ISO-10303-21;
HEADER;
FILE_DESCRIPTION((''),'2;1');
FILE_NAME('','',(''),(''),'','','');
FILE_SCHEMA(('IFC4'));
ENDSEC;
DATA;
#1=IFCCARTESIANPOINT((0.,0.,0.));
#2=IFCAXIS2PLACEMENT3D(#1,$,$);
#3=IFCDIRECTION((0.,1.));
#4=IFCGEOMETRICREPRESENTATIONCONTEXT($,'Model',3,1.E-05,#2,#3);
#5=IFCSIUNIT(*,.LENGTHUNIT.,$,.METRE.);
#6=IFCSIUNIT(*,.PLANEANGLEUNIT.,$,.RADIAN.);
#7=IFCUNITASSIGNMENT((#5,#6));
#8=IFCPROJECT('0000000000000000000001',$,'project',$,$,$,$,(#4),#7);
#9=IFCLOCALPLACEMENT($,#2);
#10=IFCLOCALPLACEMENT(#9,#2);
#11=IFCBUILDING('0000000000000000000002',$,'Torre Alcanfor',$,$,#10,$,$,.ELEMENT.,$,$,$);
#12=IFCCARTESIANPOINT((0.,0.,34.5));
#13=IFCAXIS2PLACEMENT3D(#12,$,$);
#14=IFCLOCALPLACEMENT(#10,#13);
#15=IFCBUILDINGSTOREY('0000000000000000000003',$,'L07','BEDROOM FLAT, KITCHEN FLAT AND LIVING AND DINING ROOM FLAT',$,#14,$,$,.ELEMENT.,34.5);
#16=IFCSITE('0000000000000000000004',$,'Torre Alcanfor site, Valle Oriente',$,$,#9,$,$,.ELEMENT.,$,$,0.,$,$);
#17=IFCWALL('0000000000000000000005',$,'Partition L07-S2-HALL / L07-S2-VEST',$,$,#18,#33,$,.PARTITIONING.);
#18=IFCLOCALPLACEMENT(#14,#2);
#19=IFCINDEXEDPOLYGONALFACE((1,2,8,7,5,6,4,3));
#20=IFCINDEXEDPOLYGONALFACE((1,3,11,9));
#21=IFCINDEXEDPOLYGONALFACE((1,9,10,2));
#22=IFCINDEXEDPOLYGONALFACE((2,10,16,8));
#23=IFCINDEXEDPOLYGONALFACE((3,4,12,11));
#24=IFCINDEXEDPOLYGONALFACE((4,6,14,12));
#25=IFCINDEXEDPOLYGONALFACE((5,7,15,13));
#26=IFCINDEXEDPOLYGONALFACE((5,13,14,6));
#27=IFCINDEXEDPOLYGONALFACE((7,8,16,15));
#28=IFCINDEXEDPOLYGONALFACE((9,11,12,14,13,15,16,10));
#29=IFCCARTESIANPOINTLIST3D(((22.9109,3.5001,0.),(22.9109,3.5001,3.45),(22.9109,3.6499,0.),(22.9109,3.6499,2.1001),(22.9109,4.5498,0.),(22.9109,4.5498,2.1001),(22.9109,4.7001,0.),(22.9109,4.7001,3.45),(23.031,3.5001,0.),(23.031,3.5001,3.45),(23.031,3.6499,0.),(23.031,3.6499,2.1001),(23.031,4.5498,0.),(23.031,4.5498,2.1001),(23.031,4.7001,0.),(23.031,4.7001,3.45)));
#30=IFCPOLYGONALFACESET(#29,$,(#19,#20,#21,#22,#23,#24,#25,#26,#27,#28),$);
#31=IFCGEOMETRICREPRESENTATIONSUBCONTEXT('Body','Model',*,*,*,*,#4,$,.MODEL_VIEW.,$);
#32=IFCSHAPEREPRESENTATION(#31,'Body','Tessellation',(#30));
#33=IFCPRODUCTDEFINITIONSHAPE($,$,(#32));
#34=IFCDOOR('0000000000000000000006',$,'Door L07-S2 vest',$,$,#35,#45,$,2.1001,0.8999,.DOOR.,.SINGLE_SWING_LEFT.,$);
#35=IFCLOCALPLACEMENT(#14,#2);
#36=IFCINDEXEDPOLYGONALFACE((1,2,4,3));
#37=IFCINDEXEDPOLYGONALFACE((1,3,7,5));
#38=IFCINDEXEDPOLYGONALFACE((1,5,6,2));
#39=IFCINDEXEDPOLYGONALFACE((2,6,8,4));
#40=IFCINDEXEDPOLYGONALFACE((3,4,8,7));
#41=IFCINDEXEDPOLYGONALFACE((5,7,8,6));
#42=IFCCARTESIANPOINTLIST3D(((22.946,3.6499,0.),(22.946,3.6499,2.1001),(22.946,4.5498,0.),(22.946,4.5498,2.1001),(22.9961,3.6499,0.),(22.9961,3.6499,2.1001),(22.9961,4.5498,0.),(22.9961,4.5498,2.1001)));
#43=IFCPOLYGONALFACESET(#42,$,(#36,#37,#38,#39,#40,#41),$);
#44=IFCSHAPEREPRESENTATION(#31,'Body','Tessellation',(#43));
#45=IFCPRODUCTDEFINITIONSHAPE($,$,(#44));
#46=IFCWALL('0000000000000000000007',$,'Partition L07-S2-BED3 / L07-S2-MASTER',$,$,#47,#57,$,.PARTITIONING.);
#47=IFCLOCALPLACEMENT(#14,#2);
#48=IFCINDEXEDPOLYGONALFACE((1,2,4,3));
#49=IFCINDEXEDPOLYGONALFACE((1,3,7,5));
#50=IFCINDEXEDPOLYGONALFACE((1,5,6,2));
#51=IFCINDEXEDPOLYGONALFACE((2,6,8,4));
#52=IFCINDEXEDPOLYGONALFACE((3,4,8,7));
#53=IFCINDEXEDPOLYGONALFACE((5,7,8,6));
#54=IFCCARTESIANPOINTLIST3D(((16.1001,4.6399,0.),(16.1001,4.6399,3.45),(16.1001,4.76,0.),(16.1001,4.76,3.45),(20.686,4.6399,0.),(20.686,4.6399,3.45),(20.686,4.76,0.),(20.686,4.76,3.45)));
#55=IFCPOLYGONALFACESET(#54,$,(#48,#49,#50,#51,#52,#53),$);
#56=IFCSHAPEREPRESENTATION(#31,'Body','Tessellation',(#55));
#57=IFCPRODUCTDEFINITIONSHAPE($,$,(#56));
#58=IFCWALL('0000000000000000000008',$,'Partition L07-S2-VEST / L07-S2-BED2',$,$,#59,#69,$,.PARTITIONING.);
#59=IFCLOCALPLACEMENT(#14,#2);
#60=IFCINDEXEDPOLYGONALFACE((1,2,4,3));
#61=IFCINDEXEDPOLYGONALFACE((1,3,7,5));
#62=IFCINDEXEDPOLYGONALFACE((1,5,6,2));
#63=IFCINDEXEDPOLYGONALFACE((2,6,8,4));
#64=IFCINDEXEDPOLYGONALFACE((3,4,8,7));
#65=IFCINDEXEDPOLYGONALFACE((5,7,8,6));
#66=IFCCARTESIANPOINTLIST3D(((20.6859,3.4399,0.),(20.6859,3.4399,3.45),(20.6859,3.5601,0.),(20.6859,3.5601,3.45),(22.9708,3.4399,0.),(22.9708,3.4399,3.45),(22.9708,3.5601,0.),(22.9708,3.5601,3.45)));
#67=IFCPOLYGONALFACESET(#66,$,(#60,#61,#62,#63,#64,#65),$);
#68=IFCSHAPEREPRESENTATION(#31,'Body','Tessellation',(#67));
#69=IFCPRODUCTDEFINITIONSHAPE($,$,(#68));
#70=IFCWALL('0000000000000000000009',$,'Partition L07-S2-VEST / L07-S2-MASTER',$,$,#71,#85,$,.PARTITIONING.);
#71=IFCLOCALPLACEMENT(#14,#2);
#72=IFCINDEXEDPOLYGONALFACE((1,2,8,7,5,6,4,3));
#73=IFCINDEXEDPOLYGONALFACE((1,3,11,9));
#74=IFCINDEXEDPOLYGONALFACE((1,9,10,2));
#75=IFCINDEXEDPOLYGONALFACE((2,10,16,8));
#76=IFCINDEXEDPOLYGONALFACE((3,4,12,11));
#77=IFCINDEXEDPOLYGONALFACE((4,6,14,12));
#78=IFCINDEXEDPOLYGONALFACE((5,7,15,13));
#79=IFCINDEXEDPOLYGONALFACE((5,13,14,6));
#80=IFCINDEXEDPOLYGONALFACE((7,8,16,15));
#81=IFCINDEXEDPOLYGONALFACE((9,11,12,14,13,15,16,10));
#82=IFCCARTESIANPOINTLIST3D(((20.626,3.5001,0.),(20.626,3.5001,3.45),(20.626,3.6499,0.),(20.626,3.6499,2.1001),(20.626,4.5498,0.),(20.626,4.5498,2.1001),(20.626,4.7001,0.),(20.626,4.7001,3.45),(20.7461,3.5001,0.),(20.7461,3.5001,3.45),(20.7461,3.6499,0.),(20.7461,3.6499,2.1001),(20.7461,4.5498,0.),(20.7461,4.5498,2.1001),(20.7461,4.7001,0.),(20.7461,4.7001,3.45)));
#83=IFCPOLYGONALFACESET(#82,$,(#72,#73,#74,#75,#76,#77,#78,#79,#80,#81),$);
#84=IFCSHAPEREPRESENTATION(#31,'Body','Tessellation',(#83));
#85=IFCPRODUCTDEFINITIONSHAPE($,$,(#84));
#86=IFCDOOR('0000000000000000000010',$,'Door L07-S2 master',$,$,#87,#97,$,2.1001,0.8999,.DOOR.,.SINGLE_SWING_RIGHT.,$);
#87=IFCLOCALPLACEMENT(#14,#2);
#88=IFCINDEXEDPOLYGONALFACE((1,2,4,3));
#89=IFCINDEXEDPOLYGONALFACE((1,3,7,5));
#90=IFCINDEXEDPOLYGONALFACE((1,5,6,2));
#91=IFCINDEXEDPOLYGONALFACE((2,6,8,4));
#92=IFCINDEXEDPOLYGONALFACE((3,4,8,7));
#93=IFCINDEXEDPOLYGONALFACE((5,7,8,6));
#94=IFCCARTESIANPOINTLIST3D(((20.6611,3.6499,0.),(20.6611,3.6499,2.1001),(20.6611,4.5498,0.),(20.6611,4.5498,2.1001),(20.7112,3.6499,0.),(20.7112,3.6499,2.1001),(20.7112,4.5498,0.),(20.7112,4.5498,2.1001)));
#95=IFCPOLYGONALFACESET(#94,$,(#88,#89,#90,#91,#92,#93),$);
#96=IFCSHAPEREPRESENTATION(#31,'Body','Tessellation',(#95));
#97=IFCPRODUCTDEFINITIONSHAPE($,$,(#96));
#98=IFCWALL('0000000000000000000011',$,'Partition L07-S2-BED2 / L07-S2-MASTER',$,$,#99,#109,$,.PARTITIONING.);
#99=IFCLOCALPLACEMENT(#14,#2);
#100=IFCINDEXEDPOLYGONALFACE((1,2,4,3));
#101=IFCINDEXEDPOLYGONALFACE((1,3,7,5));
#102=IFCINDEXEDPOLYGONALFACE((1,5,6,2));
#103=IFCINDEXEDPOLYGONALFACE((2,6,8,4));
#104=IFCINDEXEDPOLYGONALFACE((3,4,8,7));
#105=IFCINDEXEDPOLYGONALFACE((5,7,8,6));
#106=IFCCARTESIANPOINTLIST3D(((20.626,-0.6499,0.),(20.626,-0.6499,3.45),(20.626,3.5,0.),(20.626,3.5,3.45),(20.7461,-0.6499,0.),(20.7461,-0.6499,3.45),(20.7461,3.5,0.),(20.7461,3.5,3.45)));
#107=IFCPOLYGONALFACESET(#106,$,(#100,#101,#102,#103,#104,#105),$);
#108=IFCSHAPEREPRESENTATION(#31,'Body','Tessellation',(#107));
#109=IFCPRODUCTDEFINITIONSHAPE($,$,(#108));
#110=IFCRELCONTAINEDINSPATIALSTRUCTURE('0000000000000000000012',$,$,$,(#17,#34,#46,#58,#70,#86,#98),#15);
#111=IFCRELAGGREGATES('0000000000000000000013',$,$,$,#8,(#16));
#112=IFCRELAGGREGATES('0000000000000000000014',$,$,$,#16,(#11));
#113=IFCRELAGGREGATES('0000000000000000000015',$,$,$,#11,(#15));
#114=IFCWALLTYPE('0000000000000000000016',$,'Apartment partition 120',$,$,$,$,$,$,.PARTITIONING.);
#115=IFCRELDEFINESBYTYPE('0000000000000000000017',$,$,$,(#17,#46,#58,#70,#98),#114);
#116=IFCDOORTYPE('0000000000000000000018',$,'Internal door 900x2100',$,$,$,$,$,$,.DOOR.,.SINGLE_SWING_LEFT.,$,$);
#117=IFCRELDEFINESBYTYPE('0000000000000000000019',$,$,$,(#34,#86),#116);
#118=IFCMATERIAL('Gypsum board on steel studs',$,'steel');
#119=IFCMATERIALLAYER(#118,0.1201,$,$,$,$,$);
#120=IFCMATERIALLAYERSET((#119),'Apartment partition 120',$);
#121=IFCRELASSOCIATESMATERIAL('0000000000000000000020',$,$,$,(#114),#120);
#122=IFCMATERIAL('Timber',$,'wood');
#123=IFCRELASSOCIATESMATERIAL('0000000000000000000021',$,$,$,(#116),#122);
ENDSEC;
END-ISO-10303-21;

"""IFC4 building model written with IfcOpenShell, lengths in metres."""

from ifc_helpers import new_model, si_unit, direction, frame, frame_2d, origin, place, context, subcontext, project, spatial, rectangle, extrude, material, layer, layer_set, type_object, element, fill, save


model = new_model("IFC4")

# Units and contexts
model_context = context("Model", 3, precision=1e-05, world=origin(), true_north=direction((0.0, 1.0)))
body_context = subcontext(model_context, "Body", "Model", "MODEL_VIEW")
ifc_project = project(units=[si_unit("LENGTHUNIT", "METRE"), si_unit("PLANEANGLEUNIT", "RADIAN")], contexts=[model_context])

# Site, building, storey
site_placement = place(None, origin())
site = spatial("IfcSite", under=ifc_project, at=site_placement, Name="Torre Alcanfor site, Valle Oriente", CompositionType="ELEMENT", RefElevation=0.0)
building_placement = place(site_placement, origin())
building = spatial("IfcBuilding", under=site, at=building_placement, Name="Torre Alcanfor", CompositionType="ELEMENT")
storey_placement = place(building_placement, frame((0.0, 0.0, 34.5)))
storey = spatial("IfcBuildingStorey", under=building, at=storey_placement, Name="L07", Description="BEDROOM FLAT, KITCHEN FLAT AND LIVING AND DINING ROOM FLAT", CompositionType="ELEMENT", Elevation=34.5)

# Wall, opening, door
ifc_material_1 = material(Name="Gypsum board on steel studs", Category="steel")
ifc_layer_1 = layer(ifc_material_1, 0.1201)
ifc_layer_set_1 = layer_set([ifc_layer_1], Name="Apartment partition 120")
wall_type = type_object("IfcWallType", Name="Apartment partition 120", PredefinedType="PARTITIONING", material=ifc_layer_set_1)
wall_1_placement = place(storey_placement, frame((22.9709, 3.5, 0.0), z_axis=(0.0, 0.0, 1.0), x_axis=(0.0, 1.0, 0.0)))
wall_1 = element("IfcWall", 1, at=wall_1_placement, inside=storey, type_object=wall_type, Name="Partition L07-S2-HALL / L07-S2-VEST", PredefinedType="PARTITIONING", context=body_context, shape_type="SweptSolid", body=[
    extrude(rectangle(XDim=1.2, YDim=0.1201, at=frame_2d((0.6001, 0.0))), origin(), (0.0, 0.0, 1.0), 3.45),
])
opening_1_placement = place(wall_1_placement, frame((0.1499, 0.0, 0.0)))
opening_1 = element("IfcOpeningElement", 2, at=opening_1_placement, cuts=wall_1, PredefinedType="OPENING", context=body_context, shape_type="SweptSolid", body=[
    extrude(rectangle(XDim=0.8999, YDim=2.1001, at=frame_2d((0.45, 1.05))), frame((0.0, 0.0701, 0.0), z_axis=(0.0, -1.0, 0.0), x_axis=(1.0, 0.0, 0.0)), (0.0, 0.0, 1.0), 0.1401),
])
ifc_material_2 = material(Name="Timber", Category="wood")
door_type = type_object("IfcDoorType", Name="Internal door 900x2100", OperationType="SINGLE_SWING_LEFT", PredefinedType="DOOR", material=ifc_material_2)
door_1_placement = place(opening_1_placement, origin())
door_1 = element("IfcDoor", 3, at=door_1_placement, inside=storey, type_object=door_type, Name="Door L07-S2 vest", OperationType="SINGLE_SWING_LEFT", OverallHeight=2.1001, OverallWidth=0.8999, PredefinedType="DOOR", context=body_context, shape_type="SweptSolid", body=[
    extrude(rectangle(XDim=0.8999, YDim=2.1001, at=frame_2d((0.45, 1.05))), frame((0.0, 0.0249, 0.0), z_axis=(0.0, -1.0, 0.0), x_axis=(1.0, 0.0, 0.0)), (0.0, 0.0, 1.0), 0.05),
])
fill(opening_1, door_1)

# Walls
wall_2_placement = place(storey_placement, frame((20.686, 4.7, 0.0), z_axis=(0.0, 0.0, 1.0), x_axis=(-1.0, 0.0, 0.0)))
element("IfcWall", 4, at=wall_2_placement, inside=storey, type_object=wall_type, Name="Partition L07-S2-BED3 / L07-S2-MASTER", PredefinedType="PARTITIONING", context=body_context, shape_type="SweptSolid", body=[
    extrude(rectangle(XDim=4.5859, YDim=0.1201, at=frame_2d((2.293, 0.0))), origin(), (0.0, 0.0, 1.0), 3.45),
])
wall_3_placement = place(storey_placement, frame((22.9709, 3.5, 0.0), z_axis=(0.0, 0.0, 1.0), x_axis=(-1.0, 0.0, 0.0)))
element("IfcWall", 5, at=wall_3_placement, inside=storey, type_object=wall_type, Name="Partition L07-S2-VEST / L07-S2-BED2", PredefinedType="PARTITIONING", context=body_context, shape_type="SweptSolid", body=[
    extrude(rectangle(XDim=2.2849, YDim=0.1201, at=frame_2d((1.1426, 0.0))), origin(), (0.0, 0.0, 1.0), 3.45),
])

# Wall, opening, door
wall_4_placement = place(storey_placement, frame((20.686, 3.5, 0.0), z_axis=(0.0, 0.0, 1.0), x_axis=(0.0, 1.0, 0.0)))
wall_4 = element("IfcWall", 6, at=wall_4_placement, inside=storey, type_object=wall_type, Name="Partition L07-S2-VEST / L07-S2-MASTER", PredefinedType="PARTITIONING", context=body_context, shape_type="SweptSolid", body=[
    extrude(rectangle(XDim=1.2, YDim=0.1201, at=frame_2d((0.6001, 0.0))), origin(), (0.0, 0.0, 1.0), 3.45),
])
opening_2_placement = place(wall_4_placement, frame((0.1499, 0.0, 0.0)))
opening_2 = element("IfcOpeningElement", 7, at=opening_2_placement, cuts=wall_4, PredefinedType="OPENING", context=body_context, shape_type="SweptSolid", body=[
    extrude(rectangle(XDim=0.8999, YDim=2.1001, at=frame_2d((0.45, 1.05))), frame((0.0, 0.0701, 0.0), z_axis=(0.0, -1.0, 0.0), x_axis=(1.0, 0.0, 0.0)), (0.0, 0.0, 1.0), 0.1401),
])
door_2_placement = place(opening_2_placement, frame((0.8999, 0.0, 0.0), z_axis=(0.0, 0.0, 1.0), x_axis=(-1.0, 0.0, 0.0)))
door_2 = element("IfcDoor", 8, at=door_2_placement, inside=storey, type_object=door_type, Name="Door L07-S2 master", OperationType="SINGLE_SWING_RIGHT", OverallHeight=2.1001, OverallWidth=0.8999, PredefinedType="DOOR", context=body_context, shape_type="SweptSolid", body=[
    extrude(rectangle(XDim=0.8999, YDim=2.1001, at=frame_2d((0.45, 1.05))), frame((0.0, 0.0251, 0.0), z_axis=(0.0, -1.0, 0.0), x_axis=(1.0, 0.0, 0.0)), (0.0, 0.0, 1.0), 0.05),
])
fill(opening_2, door_2)

# Wall
wall_5_placement = place(storey_placement, frame((20.686, -0.6499, 0.0), z_axis=(0.0, 0.0, 1.0), x_axis=(0.0, 1.0, 0.0)))
element("IfcWall", 9, at=wall_5_placement, inside=storey, type_object=wall_type, Name="Partition L07-S2-BED2 / L07-S2-MASTER", PredefinedType="PARTITIONING", context=body_context, shape_type="SweptSolid", body=[
    extrude(rectangle(XDim=4.1499, YDim=0.1201, at=frame_2d((2.075, 0.0))), origin(), (0.0, 0.0, 1.0), 3.45),
])

save(model, "model.ifc")
